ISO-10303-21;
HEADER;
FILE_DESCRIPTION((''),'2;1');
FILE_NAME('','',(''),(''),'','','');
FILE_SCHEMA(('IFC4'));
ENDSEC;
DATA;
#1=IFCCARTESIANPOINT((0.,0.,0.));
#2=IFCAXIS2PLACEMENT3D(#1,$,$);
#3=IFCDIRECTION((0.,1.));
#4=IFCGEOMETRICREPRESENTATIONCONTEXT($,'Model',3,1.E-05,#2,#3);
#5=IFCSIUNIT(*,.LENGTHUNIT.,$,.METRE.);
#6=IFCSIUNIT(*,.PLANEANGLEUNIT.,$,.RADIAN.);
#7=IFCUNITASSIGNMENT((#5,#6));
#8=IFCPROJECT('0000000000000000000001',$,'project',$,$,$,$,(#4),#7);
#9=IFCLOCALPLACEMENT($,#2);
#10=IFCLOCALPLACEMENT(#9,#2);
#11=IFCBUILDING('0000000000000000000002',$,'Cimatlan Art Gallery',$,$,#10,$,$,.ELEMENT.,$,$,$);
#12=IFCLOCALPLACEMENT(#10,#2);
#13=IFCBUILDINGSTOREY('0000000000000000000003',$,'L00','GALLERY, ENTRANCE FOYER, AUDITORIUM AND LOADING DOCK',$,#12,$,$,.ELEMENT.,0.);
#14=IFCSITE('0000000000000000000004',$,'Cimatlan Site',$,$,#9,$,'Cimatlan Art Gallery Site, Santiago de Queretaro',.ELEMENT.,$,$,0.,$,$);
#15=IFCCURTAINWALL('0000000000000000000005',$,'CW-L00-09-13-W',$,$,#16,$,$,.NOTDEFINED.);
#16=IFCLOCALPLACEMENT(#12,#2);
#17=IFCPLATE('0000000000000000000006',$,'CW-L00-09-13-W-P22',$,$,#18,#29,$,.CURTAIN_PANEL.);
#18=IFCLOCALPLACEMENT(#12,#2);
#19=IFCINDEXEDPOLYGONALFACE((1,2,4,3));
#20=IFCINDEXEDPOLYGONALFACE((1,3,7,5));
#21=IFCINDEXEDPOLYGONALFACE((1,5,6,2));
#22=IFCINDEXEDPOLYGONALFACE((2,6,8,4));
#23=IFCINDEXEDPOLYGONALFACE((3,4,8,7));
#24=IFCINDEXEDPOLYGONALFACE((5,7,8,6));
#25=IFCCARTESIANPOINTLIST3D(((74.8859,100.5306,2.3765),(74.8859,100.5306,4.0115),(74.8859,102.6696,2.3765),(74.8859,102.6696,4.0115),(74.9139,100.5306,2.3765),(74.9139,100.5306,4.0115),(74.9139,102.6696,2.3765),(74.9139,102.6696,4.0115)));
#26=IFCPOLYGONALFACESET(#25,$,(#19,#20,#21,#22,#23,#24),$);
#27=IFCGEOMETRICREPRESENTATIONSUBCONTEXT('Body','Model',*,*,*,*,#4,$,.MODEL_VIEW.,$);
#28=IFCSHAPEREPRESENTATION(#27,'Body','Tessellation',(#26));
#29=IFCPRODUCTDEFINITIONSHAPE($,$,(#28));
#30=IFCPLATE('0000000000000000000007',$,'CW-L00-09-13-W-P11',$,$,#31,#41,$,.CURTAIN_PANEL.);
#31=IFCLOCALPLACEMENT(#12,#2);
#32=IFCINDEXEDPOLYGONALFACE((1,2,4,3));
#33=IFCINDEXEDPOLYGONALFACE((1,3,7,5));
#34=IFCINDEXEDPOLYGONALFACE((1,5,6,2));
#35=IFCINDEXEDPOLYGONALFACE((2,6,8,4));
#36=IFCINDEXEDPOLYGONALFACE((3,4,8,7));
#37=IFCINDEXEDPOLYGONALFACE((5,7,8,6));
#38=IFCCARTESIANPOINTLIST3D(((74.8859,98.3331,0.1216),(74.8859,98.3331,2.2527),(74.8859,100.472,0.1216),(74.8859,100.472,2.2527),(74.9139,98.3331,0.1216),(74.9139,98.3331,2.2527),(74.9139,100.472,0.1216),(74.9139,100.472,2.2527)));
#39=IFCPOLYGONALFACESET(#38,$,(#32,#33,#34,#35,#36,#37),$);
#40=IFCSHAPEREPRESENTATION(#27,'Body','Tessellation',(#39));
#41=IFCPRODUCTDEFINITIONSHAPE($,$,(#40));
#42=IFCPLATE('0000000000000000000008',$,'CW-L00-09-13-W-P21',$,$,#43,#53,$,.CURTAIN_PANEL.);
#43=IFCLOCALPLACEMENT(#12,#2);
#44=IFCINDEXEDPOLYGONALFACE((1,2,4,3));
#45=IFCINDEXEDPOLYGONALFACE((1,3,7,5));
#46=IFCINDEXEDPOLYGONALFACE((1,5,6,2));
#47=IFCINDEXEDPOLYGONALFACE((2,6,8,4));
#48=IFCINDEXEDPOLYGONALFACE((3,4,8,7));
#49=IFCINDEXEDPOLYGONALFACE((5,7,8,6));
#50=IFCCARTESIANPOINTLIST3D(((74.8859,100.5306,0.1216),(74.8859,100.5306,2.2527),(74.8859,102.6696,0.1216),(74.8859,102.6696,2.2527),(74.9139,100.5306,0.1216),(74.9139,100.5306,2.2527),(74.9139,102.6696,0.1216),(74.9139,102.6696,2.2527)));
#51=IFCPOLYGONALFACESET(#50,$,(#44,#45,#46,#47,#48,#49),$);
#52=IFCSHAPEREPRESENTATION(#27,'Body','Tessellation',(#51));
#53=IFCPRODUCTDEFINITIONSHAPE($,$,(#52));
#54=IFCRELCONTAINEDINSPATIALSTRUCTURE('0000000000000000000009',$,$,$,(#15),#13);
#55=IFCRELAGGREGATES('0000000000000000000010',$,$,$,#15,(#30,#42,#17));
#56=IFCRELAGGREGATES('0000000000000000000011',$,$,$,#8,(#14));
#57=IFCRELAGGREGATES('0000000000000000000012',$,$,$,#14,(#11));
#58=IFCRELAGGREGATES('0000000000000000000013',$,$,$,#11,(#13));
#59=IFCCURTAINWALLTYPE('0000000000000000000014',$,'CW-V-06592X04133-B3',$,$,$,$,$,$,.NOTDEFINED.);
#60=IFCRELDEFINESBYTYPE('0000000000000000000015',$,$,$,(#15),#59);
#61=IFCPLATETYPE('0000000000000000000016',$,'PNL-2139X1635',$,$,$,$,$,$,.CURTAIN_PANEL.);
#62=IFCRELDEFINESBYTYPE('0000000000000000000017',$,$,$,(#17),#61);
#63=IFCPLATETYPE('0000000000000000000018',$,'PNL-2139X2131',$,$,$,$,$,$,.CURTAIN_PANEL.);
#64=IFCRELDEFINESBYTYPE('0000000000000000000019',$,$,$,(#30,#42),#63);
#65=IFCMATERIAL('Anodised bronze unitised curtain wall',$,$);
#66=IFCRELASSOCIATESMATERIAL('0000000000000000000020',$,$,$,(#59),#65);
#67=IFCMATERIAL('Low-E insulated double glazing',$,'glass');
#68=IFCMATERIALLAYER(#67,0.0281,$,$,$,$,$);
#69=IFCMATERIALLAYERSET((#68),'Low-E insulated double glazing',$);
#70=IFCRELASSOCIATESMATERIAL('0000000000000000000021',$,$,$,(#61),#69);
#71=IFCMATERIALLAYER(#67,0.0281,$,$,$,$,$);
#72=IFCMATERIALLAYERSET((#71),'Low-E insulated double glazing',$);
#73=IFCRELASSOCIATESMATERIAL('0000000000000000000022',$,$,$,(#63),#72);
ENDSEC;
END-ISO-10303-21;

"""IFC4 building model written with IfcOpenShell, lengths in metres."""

from ifc_helpers import new_model, si_unit, direction, frame, origin, origin_2d, place, context, subcontext, project, spatial, rectangle, extrude, material, layer, layer_set, type_object, element, aggregate, save


model = new_model("IFC4")

# Units and contexts
model_context = context("Model", 3, precision=1e-05, world=origin(), true_north=direction((0.0, 1.0)))
body_context = subcontext(model_context, "Body", "Model", "MODEL_VIEW")
ifc_project = project(units=[si_unit("LENGTHUNIT", "METRE"), si_unit("PLANEANGLEUNIT", "RADIAN")], contexts=[model_context])

# Site, building, storey
site_placement = place(None, origin())
site = spatial("IfcSite", under=ifc_project, at=site_placement, Name="Cimatlan Site", LongName="Cimatlan Art Gallery Site, Santiago de Queretaro", CompositionType="ELEMENT", RefElevation=0.0)
building_placement = place(site_placement, origin())
building = spatial("IfcBuilding", under=site, at=building_placement, Name="Cimatlan Art Gallery", CompositionType="ELEMENT")
storey_placement = place(building_placement, origin())
storey = spatial("IfcBuildingStorey", under=building, at=storey_placement, Name="L00", Description="GALLERY, ENTRANCE FOYER, AUDITORIUM AND LOADING DOCK", CompositionType="ELEMENT", Elevation=0.0)

# Curtain wall
ifc_material_1 = material(Name="Anodised bronze unitised curtain wall")
curtain_wall_type_1 = type_object("IfcCurtainWallType", Name="CW-V-06592X04133-B3", PredefinedType="NOTDEFINED", material=ifc_material_1)
curtain_wall_1_placement = place(storey_placement, origin())
curtain_wall_1 = element("IfcCurtainWall", 1, at=curtain_wall_1_placement, inside=storey, type_object=curtain_wall_type_1, Name="CW-L00-09-13-W", PredefinedType="NOTDEFINED")

# Plates
ifc_material_2 = material(Name="Low-E insulated double glazing", Category="glass")
ifc_layer_1 = layer(ifc_material_2, 0.0281)
ifc_layer_set_1 = layer_set([ifc_layer_1], Name="Low-E insulated double glazing")
plate_type_1 = type_object("IfcPlateType", Name="PNL-2139X1635", PredefinedType="CURTAIN_PANEL", material=ifc_layer_set_1)
plate_1_placement = place(storey_placement, frame((74.8999, 101.6001, 2.3765), z_axis=(0.0, 0.0, 1.0), x_axis=(0.0, 1.0, 0.0)))
plate_1 = element("IfcPlate", 2, at=plate_1_placement, type_object=plate_type_1, Name="CW-L00-09-13-W-P22", PredefinedType="CURTAIN_PANEL", context=body_context, shape_type="SweptSolid", body=[
    extrude(rectangle(XDim=2.1389, YDim=0.0281, at=origin_2d()), origin(), (0.0, 0.0, 1.0), 1.635),
])
ifc_layer_2 = layer(ifc_material_2, 0.0281)
ifc_layer_set_2 = layer_set([ifc_layer_2], Name="Low-E insulated double glazing")
plate_type_2 = type_object("IfcPlateType", Name="PNL-2139X2131", PredefinedType="CURTAIN_PANEL", material=ifc_layer_set_2)
plate_2_placement = place(storey_placement, frame((74.8999, 99.4026, 0.1216), z_axis=(0.0, 0.0, 1.0), x_axis=(0.0, 1.0, 0.0)))
plate_2 = element("IfcPlate", 3, at=plate_2_placement, type_object=plate_type_2, Name="CW-L00-09-13-W-P11", PredefinedType="CURTAIN_PANEL", context=body_context, shape_type="SweptSolid", body=[
    extrude(rectangle(XDim=2.1389, YDim=0.0281, at=origin_2d()), origin(), (0.0, 0.0, 1.0), 2.1311),
])
plate_3_placement = place(storey_placement, frame((74.8999, 101.6001, 0.1216), z_axis=(0.0, 0.0, 1.0), x_axis=(0.0, 1.0, 0.0)))
plate_3 = element("IfcPlate", 4, at=plate_3_placement, type_object=plate_type_2, Name="CW-L00-09-13-W-P21", PredefinedType="CURTAIN_PANEL", context=body_context, shape_type="SweptSolid", body=[
    extrude(rectangle(XDim=2.1389, YDim=0.0281, at=origin_2d()), origin(), (0.0, 0.0, 1.0), 2.1311),
])
aggregate(curtain_wall_1, [plate_2, plate_3, plate_1])

save(model, "model.ifc")
